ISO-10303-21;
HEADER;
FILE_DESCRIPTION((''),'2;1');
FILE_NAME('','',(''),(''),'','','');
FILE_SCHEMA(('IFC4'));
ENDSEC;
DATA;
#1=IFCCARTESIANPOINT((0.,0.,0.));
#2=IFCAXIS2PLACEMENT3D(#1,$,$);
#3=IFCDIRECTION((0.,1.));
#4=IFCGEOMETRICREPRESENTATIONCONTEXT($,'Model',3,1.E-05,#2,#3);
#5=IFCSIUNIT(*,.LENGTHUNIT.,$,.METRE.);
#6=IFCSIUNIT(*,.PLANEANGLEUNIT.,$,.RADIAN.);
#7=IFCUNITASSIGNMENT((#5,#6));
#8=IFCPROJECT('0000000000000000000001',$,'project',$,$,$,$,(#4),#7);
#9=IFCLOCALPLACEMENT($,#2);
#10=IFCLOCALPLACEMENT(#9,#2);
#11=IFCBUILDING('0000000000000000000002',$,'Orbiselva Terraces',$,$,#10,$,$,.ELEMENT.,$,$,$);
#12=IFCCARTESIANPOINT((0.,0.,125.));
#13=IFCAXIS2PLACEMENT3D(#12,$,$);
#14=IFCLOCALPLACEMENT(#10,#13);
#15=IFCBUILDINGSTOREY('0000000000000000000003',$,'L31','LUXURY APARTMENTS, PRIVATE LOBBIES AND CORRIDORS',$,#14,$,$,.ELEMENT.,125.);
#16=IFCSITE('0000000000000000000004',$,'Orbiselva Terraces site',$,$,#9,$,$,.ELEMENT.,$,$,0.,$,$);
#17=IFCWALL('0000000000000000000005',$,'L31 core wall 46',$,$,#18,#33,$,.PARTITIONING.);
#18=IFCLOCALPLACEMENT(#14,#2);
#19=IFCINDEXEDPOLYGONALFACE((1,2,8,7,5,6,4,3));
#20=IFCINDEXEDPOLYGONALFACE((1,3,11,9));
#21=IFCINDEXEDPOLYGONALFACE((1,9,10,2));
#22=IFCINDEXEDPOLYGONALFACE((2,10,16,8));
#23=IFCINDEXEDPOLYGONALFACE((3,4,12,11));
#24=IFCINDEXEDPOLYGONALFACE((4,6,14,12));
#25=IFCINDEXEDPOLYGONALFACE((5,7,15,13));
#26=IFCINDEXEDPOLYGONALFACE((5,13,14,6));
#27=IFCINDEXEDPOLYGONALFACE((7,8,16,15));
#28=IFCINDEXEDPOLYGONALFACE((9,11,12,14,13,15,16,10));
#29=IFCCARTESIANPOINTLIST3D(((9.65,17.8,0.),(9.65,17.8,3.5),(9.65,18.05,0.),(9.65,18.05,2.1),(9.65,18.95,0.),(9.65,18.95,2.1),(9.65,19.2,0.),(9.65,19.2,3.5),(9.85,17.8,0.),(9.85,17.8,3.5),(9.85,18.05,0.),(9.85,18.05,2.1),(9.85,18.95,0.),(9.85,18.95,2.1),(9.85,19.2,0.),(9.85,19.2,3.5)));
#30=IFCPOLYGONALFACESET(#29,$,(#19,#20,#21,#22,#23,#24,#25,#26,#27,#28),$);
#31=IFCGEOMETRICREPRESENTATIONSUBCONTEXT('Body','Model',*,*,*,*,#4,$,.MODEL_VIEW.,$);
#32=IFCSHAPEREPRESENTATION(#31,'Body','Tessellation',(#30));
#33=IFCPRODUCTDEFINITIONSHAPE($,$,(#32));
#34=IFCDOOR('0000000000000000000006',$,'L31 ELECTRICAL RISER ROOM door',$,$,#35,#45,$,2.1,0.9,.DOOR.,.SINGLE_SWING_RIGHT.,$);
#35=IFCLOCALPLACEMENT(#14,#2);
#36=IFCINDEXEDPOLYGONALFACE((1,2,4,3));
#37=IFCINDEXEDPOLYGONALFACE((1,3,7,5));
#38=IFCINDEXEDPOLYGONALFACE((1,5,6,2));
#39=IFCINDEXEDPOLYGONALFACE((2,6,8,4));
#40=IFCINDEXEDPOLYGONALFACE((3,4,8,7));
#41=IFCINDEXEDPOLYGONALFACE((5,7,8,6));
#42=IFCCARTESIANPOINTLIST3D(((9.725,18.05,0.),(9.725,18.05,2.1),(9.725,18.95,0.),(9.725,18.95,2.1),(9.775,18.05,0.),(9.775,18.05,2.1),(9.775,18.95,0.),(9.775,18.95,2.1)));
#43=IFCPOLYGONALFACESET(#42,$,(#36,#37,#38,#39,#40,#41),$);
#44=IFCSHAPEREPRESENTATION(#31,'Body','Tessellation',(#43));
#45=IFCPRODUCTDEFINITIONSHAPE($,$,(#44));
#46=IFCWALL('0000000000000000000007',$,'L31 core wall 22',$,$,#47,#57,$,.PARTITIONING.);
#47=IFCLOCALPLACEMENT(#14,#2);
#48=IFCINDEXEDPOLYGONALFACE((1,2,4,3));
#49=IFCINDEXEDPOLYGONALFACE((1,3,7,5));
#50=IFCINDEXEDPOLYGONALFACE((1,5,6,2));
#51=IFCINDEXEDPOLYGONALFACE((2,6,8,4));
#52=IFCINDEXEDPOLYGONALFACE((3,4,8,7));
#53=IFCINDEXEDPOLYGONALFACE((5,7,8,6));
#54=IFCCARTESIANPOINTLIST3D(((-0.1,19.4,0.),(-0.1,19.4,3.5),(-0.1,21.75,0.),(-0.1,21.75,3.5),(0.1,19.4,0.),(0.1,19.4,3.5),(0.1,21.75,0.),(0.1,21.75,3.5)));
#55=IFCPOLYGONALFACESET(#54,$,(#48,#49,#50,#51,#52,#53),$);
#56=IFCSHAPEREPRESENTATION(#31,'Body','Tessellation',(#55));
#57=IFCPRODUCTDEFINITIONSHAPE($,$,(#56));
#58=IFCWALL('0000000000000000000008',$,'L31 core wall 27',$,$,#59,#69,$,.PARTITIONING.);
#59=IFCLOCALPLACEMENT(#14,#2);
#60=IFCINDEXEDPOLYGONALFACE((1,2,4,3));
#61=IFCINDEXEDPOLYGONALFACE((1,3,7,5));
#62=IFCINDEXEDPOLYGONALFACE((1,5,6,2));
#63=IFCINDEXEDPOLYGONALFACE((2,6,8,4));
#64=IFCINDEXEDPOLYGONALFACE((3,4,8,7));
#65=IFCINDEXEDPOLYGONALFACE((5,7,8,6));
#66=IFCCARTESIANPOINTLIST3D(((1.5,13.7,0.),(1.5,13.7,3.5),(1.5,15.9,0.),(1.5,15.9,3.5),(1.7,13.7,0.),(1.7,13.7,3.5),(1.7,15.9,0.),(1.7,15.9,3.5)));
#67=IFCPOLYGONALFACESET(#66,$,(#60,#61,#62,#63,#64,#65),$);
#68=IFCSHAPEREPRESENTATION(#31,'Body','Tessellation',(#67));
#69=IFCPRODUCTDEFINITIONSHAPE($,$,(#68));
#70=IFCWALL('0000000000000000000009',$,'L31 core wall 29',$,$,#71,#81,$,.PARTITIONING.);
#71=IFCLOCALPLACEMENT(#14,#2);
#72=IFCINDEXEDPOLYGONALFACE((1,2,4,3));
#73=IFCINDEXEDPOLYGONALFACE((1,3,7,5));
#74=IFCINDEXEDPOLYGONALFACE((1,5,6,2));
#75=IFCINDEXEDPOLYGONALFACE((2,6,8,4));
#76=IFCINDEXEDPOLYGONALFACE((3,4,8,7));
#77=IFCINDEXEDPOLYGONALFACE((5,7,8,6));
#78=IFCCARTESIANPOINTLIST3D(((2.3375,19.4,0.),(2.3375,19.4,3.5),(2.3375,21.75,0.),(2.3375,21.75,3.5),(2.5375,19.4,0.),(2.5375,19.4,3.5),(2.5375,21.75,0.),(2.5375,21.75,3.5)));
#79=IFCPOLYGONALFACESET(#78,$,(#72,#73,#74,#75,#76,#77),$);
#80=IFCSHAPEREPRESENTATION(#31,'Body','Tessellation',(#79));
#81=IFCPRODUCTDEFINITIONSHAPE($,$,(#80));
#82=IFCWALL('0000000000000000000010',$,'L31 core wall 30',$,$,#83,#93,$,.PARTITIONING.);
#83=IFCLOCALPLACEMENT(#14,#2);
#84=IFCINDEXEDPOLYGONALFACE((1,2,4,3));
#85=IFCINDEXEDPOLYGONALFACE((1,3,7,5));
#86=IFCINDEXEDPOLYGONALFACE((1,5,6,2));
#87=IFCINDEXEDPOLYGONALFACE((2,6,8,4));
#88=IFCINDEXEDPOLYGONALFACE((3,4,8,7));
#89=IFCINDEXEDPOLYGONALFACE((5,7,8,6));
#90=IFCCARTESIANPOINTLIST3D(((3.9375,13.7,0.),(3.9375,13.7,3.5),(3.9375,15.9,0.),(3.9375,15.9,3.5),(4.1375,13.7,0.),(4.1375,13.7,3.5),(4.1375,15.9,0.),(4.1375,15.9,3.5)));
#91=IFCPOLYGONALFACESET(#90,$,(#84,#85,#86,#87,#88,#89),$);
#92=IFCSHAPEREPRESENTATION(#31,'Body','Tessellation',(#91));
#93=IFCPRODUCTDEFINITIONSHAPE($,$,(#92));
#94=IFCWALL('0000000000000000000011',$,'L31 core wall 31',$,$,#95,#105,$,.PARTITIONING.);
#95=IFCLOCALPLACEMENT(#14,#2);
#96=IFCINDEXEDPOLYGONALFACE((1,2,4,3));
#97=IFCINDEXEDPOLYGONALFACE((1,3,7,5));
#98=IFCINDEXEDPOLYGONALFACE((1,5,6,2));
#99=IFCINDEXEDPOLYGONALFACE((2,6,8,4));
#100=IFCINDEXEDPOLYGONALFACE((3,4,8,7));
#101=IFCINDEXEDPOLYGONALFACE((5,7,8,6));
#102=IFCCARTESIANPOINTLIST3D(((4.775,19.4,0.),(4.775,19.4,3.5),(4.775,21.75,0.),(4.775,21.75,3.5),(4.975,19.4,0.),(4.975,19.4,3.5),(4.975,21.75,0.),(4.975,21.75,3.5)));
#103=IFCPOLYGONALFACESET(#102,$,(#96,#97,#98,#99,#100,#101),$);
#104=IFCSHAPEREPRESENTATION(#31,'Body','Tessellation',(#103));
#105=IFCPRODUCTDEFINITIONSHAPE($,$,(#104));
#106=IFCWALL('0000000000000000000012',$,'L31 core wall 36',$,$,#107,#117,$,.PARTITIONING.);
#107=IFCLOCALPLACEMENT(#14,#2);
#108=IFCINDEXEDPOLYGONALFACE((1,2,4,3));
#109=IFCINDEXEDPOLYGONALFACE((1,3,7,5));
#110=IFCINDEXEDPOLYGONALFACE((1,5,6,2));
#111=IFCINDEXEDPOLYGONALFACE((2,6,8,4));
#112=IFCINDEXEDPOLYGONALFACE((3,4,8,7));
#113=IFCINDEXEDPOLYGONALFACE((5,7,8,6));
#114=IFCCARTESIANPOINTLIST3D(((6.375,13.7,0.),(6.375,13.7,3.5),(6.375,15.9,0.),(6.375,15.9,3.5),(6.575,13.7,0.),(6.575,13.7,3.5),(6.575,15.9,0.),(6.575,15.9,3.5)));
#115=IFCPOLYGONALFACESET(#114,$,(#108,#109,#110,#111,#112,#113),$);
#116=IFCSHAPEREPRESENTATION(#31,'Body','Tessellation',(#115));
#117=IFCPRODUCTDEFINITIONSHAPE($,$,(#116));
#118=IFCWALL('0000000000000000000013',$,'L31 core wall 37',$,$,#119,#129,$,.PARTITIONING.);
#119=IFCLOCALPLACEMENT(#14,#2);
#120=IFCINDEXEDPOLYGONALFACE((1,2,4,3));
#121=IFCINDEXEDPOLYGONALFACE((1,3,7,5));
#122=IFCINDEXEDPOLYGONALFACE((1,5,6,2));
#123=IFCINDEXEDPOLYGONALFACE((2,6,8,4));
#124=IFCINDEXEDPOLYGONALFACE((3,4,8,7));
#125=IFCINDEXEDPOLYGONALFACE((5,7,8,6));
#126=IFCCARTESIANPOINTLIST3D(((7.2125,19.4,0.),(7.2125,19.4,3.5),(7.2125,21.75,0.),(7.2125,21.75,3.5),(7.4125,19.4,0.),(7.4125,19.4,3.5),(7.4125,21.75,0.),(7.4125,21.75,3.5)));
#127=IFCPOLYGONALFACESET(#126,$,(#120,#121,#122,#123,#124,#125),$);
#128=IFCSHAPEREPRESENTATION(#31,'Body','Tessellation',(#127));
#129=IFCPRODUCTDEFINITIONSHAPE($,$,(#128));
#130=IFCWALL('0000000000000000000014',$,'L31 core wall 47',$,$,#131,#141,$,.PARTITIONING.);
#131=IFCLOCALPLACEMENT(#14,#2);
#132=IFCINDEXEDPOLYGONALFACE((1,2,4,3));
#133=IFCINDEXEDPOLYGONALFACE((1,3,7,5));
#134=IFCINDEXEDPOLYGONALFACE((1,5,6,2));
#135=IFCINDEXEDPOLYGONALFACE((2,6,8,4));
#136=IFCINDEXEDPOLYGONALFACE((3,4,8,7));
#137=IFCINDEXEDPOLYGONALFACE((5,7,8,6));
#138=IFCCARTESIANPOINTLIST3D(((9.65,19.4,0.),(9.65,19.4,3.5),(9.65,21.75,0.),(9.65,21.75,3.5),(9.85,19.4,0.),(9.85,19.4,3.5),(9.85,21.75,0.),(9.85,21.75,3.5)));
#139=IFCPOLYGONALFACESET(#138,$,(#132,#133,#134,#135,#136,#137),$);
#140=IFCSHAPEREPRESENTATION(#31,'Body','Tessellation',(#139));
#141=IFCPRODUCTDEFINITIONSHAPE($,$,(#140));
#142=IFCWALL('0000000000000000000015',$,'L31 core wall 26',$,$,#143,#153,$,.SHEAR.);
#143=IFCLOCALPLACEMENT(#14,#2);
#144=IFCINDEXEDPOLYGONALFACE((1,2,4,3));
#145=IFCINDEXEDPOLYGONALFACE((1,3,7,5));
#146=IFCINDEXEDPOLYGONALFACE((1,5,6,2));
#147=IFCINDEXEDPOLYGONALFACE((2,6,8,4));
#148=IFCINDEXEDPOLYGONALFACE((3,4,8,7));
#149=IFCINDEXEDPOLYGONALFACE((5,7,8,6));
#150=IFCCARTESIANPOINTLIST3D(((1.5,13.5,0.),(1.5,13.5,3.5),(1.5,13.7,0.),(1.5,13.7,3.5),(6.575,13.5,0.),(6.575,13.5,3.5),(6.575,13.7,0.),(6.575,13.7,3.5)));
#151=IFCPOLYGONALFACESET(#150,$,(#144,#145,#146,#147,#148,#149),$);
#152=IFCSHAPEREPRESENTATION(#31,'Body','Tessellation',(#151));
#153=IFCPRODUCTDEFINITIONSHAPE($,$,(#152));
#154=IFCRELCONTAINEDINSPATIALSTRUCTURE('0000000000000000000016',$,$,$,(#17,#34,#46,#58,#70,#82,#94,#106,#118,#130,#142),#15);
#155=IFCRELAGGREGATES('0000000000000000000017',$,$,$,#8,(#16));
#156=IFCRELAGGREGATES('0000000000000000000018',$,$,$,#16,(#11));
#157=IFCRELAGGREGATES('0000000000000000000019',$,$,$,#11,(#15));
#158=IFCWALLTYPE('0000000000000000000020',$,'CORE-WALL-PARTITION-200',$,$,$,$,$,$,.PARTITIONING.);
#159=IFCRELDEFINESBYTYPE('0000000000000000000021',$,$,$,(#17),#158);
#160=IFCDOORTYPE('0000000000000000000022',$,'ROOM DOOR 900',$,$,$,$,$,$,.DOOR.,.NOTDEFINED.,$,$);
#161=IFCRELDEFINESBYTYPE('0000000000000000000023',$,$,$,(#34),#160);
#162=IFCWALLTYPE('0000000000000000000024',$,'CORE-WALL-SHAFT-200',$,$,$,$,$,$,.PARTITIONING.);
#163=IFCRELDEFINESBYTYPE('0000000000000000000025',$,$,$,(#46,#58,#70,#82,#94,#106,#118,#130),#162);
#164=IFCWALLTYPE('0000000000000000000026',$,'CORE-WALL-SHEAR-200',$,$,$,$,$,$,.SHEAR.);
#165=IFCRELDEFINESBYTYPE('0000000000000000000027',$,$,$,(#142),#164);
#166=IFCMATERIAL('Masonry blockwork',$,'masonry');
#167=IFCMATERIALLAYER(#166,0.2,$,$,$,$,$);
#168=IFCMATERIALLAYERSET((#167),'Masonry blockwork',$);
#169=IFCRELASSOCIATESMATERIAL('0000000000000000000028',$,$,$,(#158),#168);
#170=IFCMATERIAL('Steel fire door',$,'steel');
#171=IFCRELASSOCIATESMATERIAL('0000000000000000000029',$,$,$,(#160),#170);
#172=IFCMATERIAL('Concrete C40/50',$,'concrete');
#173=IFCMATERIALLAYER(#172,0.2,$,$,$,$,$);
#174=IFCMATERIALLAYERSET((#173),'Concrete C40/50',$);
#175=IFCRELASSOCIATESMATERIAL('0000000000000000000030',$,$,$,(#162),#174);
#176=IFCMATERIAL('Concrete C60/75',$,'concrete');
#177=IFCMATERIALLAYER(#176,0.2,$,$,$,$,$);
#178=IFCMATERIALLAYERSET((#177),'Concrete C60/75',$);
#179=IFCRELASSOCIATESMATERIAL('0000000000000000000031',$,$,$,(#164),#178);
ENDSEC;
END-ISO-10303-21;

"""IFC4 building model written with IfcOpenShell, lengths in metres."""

from ifc_helpers import new_model, si_unit, direction, frame, frame_2d, origin, place, context, subcontext, project, spatial, rectangle, extrude, material, layer, layer_set, type_object, element, fill, save


model = new_model("IFC4")

# Units and contexts
model_context = context("Model", 3, precision=1e-05, world=origin(), true_north=direction((0.0, 1.0)))
body_context = subcontext(model_context, "Body", "Model", "MODEL_VIEW")
ifc_project = project(units=[si_unit("LENGTHUNIT", "METRE"), si_unit("PLANEANGLEUNIT", "RADIAN")], contexts=[model_context])

# Site, building, storey
site_placement = place(None, origin())
site = spatial("IfcSite", under=ifc_project, at=site_placement, Name="Orbiselva Terraces site", CompositionType="ELEMENT", RefElevation=0.0)
building_placement = place(site_placement, origin())
building = spatial("IfcBuilding", under=site, at=building_placement, Name="Orbiselva Terraces", CompositionType="ELEMENT")
storey_placement = place(building_placement, frame((0.0, 0.0, 125.0)))
storey = spatial("IfcBuildingStorey", under=building, at=storey_placement, Name="L31", Description="LUXURY APARTMENTS, PRIVATE LOBBIES AND CORRIDORS", CompositionType="ELEMENT", Elevation=125.0)

# Wall, opening, door
ifc_material_1 = material(Name="Masonry blockwork", Category="masonry")
ifc_layer_1 = layer(ifc_material_1, 0.2)
ifc_layer_set_1 = layer_set([ifc_layer_1], Name="Masonry blockwork")
wall_type_1 = type_object("IfcWallType", Name="CORE-WALL-PARTITION-200", PredefinedType="PARTITIONING", material=ifc_layer_set_1)
wall_1_placement = place(storey_placement, frame((9.75, 19.2, 0.0), z_axis=(0.0, 0.0, 1.0), x_axis=(0.0, -1.0, 0.0)))
wall_1 = element("IfcWall", 1, at=wall_1_placement, inside=storey, type_object=wall_type_1, Name="L31 core wall 46", PredefinedType="PARTITIONING", context=body_context, shape_type="SweptSolid", body=[
    extrude(rectangle(XDim=1.4, YDim=0.2, at=frame_2d((0.7, 0.0))), origin(), (0.0, 0.0, 1.0), 3.5),
])
opening_1_placement = place(wall_1_placement, frame((0.25, 0.0, 0.0)))
opening_1 = element("IfcOpeningElement", 2, at=opening_1_placement, cuts=wall_1, PredefinedType="OPENING", context=body_context, shape_type="SweptSolid", body=[
    extrude(rectangle(XDim=0.9, YDim=2.1, at=frame_2d((0.45, 1.05))), frame((0.0, 0.11, 0.0), z_axis=(0.0, -1.0, 0.0), x_axis=(1.0, 0.0, 0.0)), (0.0, 0.0, 1.0), 0.22),
])
ifc_material_2 = material(Name="Steel fire door", Category="steel")
door_type_1 = type_object("IfcDoorType", Name="ROOM DOOR 900", OperationType="NOTDEFINED", PredefinedType="DOOR", material=ifc_material_2)
door_1_placement = place(opening_1_placement, origin())
door_1 = element("IfcDoor", 3, at=door_1_placement, inside=storey, type_object=door_type_1, Name="L31 ELECTRICAL RISER ROOM door", OperationType="SINGLE_SWING_RIGHT", OverallHeight=2.1, OverallWidth=0.9, PredefinedType="DOOR", context=body_context, shape_type="SweptSolid", body=[
    extrude(rectangle(XDim=0.9, YDim=2.1, at=frame_2d((0.45, 1.05))), frame((0.0, 0.025, 0.0), z_axis=(0.0, -1.0, 0.0), x_axis=(1.0, 0.0, 0.0)), (0.0, 0.0, 1.0), 0.05),
])
fill(opening_1, door_1)

# Walls
ifc_material_3 = material(Name="Concrete C40/50", Category="concrete")
ifc_layer_2 = layer(ifc_material_3, 0.2)
ifc_layer_set_2 = layer_set([ifc_layer_2], Name="Concrete C40/50")
wall_type_2 = type_object("IfcWallType", Name="CORE-WALL-SHAFT-200", PredefinedType="PARTITIONING", material=ifc_layer_set_2)
wall_2_placement = place(storey_placement, frame((0.0, 19.4, 0.0), z_axis=(0.0, 0.0, 1.0), x_axis=(0.0, 1.0, 0.0)))
element("IfcWall", 4, at=wall_2_placement, inside=storey, type_object=wall_type_2, Name="L31 core wall 22", PredefinedType="PARTITIONING", context=body_context, shape_type="SweptSolid", body=[
    extrude(rectangle(XDim=2.35, YDim=0.2, at=frame_2d((1.175, 0.0))), origin(), (0.0, 0.0, 1.0), 3.5),
])
wall_3_placement = place(storey_placement, frame((1.6, 13.7, 0.0), z_axis=(0.0, 0.0, 1.0), x_axis=(0.0, 1.0, 0.0)))
element("IfcWall", 5, at=wall_3_placement, inside=storey, type_object=wall_type_2, Name="L31 core wall 27", PredefinedType="PARTITIONING", context=body_context, shape_type="SweptSolid", body=[
    extrude(rectangle(XDim=2.2, YDim=0.2, at=frame_2d((1.1, 0.0))), origin(), (0.0, 0.0, 1.0), 3.5),
])
wall_4_placement = place(storey_placement, frame((2.4375, 19.4, 0.0), z_axis=(0.0, 0.0, 1.0), x_axis=(0.0, 1.0, 0.0)))
element("IfcWall", 6, at=wall_4_placement, inside=storey, type_object=wall_type_2, Name="L31 core wall 29", PredefinedType="PARTITIONING", context=body_context, shape_type="SweptSolid", body=[
    extrude(rectangle(XDim=2.35, YDim=0.2, at=frame_2d((1.175, 0.0))), origin(), (0.0, 0.0, 1.0), 3.5),
])
wall_5_placement = place(storey_placement, frame((4.0375, 13.7, 0.0), z_axis=(0.0, 0.0, 1.0), x_axis=(0.0, 1.0, 0.0)))
element("IfcWall", 7, at=wall_5_placement, inside=storey, type_object=wall_type_2, Name="L31 core wall 30", PredefinedType="PARTITIONING", context=body_context, shape_type="SweptSolid", body=[
    extrude(rectangle(XDim=2.2, YDim=0.2, at=frame_2d((1.1, 0.0))), origin(), (0.0, 0.0, 1.0), 3.5),
])
wall_6_placement = place(storey_placement, frame((4.875, 19.4, 0.0), z_axis=(0.0, 0.0, 1.0), x_axis=(0.0, 1.0, 0.0)))
element("IfcWall", 8, at=wall_6_placement, inside=storey, type_object=wall_type_2, Name="L31 core wall 31", PredefinedType="PARTITIONING", context=body_context, shape_type="SweptSolid", body=[
    extrude(rectangle(XDim=2.35, YDim=0.2, at=frame_2d((1.175, 0.0))), origin(), (0.0, 0.0, 1.0), 3.5),
])
wall_7_placement = place(storey_placement, frame((6.475, 13.7, 0.0), z_axis=(0.0, 0.0, 1.0), x_axis=(0.0, 1.0, 0.0)))
element("IfcWall", 9, at=wall_7_placement, inside=storey, type_object=wall_type_2, Name="L31 core wall 36", PredefinedType="PARTITIONING", context=body_context, shape_type="SweptSolid", body=[
    extrude(rectangle(XDim=2.2, YDim=0.2, at=frame_2d((1.1, 0.0))), origin(), (0.0, 0.0, 1.0), 3.5),
])
for number, where, z_axis, x_axis, name in (
    (10, (7.3125, 19.4, 0.0), (0.0, 0.0, 1.0), (0.0, 1.0, 0.0), "L31 core wall 37"),
    (11, (9.75, 19.4, 0.0), (0.0, 0.0, 1.0), (0.0, 1.0, 0.0), "L31 core wall 47"),
):
    element("IfcWall", number, at=place(storey_placement, frame(where, z_axis=z_axis, x_axis=x_axis)), inside=storey, type_object=wall_type_2, Name=name, PredefinedType="PARTITIONING", context=body_context, shape_type="SweptSolid", body=[
        extrude(rectangle(XDim=2.35, YDim=0.2, at=frame_2d((1.175, 0.0))), origin(), (0.0, 0.0, 1.0), 3.5),
    ])
ifc_material_4 = material(Name="Concrete C60/75", Category="concrete")
ifc_layer_3 = layer(ifc_material_4, 0.2)
ifc_layer_set_3 = layer_set([ifc_layer_3], Name="Concrete C60/75")
wall_type_3 = type_object("IfcWallType", Name="CORE-WALL-SHEAR-200", PredefinedType="SHEAR", material=ifc_layer_set_3)
wall_8_placement = place(storey_placement, frame((1.5, 13.6, 0.0), z_axis=(0.0, 0.0, 1.0), x_axis=(1.0, 0.0, 0.0)))
element("IfcWall", 12, at=wall_8_placement, inside=storey, type_object=wall_type_3, Name="L31 core wall 26", PredefinedType="SHEAR", context=body_context, shape_type="SweptSolid", body=[
    extrude(rectangle(XDim=5.075, YDim=0.2, at=frame_2d((2.5375, 0.0))), origin(), (0.0, 0.0, 1.0), 3.5),
])

save(model, "model.ifc")
